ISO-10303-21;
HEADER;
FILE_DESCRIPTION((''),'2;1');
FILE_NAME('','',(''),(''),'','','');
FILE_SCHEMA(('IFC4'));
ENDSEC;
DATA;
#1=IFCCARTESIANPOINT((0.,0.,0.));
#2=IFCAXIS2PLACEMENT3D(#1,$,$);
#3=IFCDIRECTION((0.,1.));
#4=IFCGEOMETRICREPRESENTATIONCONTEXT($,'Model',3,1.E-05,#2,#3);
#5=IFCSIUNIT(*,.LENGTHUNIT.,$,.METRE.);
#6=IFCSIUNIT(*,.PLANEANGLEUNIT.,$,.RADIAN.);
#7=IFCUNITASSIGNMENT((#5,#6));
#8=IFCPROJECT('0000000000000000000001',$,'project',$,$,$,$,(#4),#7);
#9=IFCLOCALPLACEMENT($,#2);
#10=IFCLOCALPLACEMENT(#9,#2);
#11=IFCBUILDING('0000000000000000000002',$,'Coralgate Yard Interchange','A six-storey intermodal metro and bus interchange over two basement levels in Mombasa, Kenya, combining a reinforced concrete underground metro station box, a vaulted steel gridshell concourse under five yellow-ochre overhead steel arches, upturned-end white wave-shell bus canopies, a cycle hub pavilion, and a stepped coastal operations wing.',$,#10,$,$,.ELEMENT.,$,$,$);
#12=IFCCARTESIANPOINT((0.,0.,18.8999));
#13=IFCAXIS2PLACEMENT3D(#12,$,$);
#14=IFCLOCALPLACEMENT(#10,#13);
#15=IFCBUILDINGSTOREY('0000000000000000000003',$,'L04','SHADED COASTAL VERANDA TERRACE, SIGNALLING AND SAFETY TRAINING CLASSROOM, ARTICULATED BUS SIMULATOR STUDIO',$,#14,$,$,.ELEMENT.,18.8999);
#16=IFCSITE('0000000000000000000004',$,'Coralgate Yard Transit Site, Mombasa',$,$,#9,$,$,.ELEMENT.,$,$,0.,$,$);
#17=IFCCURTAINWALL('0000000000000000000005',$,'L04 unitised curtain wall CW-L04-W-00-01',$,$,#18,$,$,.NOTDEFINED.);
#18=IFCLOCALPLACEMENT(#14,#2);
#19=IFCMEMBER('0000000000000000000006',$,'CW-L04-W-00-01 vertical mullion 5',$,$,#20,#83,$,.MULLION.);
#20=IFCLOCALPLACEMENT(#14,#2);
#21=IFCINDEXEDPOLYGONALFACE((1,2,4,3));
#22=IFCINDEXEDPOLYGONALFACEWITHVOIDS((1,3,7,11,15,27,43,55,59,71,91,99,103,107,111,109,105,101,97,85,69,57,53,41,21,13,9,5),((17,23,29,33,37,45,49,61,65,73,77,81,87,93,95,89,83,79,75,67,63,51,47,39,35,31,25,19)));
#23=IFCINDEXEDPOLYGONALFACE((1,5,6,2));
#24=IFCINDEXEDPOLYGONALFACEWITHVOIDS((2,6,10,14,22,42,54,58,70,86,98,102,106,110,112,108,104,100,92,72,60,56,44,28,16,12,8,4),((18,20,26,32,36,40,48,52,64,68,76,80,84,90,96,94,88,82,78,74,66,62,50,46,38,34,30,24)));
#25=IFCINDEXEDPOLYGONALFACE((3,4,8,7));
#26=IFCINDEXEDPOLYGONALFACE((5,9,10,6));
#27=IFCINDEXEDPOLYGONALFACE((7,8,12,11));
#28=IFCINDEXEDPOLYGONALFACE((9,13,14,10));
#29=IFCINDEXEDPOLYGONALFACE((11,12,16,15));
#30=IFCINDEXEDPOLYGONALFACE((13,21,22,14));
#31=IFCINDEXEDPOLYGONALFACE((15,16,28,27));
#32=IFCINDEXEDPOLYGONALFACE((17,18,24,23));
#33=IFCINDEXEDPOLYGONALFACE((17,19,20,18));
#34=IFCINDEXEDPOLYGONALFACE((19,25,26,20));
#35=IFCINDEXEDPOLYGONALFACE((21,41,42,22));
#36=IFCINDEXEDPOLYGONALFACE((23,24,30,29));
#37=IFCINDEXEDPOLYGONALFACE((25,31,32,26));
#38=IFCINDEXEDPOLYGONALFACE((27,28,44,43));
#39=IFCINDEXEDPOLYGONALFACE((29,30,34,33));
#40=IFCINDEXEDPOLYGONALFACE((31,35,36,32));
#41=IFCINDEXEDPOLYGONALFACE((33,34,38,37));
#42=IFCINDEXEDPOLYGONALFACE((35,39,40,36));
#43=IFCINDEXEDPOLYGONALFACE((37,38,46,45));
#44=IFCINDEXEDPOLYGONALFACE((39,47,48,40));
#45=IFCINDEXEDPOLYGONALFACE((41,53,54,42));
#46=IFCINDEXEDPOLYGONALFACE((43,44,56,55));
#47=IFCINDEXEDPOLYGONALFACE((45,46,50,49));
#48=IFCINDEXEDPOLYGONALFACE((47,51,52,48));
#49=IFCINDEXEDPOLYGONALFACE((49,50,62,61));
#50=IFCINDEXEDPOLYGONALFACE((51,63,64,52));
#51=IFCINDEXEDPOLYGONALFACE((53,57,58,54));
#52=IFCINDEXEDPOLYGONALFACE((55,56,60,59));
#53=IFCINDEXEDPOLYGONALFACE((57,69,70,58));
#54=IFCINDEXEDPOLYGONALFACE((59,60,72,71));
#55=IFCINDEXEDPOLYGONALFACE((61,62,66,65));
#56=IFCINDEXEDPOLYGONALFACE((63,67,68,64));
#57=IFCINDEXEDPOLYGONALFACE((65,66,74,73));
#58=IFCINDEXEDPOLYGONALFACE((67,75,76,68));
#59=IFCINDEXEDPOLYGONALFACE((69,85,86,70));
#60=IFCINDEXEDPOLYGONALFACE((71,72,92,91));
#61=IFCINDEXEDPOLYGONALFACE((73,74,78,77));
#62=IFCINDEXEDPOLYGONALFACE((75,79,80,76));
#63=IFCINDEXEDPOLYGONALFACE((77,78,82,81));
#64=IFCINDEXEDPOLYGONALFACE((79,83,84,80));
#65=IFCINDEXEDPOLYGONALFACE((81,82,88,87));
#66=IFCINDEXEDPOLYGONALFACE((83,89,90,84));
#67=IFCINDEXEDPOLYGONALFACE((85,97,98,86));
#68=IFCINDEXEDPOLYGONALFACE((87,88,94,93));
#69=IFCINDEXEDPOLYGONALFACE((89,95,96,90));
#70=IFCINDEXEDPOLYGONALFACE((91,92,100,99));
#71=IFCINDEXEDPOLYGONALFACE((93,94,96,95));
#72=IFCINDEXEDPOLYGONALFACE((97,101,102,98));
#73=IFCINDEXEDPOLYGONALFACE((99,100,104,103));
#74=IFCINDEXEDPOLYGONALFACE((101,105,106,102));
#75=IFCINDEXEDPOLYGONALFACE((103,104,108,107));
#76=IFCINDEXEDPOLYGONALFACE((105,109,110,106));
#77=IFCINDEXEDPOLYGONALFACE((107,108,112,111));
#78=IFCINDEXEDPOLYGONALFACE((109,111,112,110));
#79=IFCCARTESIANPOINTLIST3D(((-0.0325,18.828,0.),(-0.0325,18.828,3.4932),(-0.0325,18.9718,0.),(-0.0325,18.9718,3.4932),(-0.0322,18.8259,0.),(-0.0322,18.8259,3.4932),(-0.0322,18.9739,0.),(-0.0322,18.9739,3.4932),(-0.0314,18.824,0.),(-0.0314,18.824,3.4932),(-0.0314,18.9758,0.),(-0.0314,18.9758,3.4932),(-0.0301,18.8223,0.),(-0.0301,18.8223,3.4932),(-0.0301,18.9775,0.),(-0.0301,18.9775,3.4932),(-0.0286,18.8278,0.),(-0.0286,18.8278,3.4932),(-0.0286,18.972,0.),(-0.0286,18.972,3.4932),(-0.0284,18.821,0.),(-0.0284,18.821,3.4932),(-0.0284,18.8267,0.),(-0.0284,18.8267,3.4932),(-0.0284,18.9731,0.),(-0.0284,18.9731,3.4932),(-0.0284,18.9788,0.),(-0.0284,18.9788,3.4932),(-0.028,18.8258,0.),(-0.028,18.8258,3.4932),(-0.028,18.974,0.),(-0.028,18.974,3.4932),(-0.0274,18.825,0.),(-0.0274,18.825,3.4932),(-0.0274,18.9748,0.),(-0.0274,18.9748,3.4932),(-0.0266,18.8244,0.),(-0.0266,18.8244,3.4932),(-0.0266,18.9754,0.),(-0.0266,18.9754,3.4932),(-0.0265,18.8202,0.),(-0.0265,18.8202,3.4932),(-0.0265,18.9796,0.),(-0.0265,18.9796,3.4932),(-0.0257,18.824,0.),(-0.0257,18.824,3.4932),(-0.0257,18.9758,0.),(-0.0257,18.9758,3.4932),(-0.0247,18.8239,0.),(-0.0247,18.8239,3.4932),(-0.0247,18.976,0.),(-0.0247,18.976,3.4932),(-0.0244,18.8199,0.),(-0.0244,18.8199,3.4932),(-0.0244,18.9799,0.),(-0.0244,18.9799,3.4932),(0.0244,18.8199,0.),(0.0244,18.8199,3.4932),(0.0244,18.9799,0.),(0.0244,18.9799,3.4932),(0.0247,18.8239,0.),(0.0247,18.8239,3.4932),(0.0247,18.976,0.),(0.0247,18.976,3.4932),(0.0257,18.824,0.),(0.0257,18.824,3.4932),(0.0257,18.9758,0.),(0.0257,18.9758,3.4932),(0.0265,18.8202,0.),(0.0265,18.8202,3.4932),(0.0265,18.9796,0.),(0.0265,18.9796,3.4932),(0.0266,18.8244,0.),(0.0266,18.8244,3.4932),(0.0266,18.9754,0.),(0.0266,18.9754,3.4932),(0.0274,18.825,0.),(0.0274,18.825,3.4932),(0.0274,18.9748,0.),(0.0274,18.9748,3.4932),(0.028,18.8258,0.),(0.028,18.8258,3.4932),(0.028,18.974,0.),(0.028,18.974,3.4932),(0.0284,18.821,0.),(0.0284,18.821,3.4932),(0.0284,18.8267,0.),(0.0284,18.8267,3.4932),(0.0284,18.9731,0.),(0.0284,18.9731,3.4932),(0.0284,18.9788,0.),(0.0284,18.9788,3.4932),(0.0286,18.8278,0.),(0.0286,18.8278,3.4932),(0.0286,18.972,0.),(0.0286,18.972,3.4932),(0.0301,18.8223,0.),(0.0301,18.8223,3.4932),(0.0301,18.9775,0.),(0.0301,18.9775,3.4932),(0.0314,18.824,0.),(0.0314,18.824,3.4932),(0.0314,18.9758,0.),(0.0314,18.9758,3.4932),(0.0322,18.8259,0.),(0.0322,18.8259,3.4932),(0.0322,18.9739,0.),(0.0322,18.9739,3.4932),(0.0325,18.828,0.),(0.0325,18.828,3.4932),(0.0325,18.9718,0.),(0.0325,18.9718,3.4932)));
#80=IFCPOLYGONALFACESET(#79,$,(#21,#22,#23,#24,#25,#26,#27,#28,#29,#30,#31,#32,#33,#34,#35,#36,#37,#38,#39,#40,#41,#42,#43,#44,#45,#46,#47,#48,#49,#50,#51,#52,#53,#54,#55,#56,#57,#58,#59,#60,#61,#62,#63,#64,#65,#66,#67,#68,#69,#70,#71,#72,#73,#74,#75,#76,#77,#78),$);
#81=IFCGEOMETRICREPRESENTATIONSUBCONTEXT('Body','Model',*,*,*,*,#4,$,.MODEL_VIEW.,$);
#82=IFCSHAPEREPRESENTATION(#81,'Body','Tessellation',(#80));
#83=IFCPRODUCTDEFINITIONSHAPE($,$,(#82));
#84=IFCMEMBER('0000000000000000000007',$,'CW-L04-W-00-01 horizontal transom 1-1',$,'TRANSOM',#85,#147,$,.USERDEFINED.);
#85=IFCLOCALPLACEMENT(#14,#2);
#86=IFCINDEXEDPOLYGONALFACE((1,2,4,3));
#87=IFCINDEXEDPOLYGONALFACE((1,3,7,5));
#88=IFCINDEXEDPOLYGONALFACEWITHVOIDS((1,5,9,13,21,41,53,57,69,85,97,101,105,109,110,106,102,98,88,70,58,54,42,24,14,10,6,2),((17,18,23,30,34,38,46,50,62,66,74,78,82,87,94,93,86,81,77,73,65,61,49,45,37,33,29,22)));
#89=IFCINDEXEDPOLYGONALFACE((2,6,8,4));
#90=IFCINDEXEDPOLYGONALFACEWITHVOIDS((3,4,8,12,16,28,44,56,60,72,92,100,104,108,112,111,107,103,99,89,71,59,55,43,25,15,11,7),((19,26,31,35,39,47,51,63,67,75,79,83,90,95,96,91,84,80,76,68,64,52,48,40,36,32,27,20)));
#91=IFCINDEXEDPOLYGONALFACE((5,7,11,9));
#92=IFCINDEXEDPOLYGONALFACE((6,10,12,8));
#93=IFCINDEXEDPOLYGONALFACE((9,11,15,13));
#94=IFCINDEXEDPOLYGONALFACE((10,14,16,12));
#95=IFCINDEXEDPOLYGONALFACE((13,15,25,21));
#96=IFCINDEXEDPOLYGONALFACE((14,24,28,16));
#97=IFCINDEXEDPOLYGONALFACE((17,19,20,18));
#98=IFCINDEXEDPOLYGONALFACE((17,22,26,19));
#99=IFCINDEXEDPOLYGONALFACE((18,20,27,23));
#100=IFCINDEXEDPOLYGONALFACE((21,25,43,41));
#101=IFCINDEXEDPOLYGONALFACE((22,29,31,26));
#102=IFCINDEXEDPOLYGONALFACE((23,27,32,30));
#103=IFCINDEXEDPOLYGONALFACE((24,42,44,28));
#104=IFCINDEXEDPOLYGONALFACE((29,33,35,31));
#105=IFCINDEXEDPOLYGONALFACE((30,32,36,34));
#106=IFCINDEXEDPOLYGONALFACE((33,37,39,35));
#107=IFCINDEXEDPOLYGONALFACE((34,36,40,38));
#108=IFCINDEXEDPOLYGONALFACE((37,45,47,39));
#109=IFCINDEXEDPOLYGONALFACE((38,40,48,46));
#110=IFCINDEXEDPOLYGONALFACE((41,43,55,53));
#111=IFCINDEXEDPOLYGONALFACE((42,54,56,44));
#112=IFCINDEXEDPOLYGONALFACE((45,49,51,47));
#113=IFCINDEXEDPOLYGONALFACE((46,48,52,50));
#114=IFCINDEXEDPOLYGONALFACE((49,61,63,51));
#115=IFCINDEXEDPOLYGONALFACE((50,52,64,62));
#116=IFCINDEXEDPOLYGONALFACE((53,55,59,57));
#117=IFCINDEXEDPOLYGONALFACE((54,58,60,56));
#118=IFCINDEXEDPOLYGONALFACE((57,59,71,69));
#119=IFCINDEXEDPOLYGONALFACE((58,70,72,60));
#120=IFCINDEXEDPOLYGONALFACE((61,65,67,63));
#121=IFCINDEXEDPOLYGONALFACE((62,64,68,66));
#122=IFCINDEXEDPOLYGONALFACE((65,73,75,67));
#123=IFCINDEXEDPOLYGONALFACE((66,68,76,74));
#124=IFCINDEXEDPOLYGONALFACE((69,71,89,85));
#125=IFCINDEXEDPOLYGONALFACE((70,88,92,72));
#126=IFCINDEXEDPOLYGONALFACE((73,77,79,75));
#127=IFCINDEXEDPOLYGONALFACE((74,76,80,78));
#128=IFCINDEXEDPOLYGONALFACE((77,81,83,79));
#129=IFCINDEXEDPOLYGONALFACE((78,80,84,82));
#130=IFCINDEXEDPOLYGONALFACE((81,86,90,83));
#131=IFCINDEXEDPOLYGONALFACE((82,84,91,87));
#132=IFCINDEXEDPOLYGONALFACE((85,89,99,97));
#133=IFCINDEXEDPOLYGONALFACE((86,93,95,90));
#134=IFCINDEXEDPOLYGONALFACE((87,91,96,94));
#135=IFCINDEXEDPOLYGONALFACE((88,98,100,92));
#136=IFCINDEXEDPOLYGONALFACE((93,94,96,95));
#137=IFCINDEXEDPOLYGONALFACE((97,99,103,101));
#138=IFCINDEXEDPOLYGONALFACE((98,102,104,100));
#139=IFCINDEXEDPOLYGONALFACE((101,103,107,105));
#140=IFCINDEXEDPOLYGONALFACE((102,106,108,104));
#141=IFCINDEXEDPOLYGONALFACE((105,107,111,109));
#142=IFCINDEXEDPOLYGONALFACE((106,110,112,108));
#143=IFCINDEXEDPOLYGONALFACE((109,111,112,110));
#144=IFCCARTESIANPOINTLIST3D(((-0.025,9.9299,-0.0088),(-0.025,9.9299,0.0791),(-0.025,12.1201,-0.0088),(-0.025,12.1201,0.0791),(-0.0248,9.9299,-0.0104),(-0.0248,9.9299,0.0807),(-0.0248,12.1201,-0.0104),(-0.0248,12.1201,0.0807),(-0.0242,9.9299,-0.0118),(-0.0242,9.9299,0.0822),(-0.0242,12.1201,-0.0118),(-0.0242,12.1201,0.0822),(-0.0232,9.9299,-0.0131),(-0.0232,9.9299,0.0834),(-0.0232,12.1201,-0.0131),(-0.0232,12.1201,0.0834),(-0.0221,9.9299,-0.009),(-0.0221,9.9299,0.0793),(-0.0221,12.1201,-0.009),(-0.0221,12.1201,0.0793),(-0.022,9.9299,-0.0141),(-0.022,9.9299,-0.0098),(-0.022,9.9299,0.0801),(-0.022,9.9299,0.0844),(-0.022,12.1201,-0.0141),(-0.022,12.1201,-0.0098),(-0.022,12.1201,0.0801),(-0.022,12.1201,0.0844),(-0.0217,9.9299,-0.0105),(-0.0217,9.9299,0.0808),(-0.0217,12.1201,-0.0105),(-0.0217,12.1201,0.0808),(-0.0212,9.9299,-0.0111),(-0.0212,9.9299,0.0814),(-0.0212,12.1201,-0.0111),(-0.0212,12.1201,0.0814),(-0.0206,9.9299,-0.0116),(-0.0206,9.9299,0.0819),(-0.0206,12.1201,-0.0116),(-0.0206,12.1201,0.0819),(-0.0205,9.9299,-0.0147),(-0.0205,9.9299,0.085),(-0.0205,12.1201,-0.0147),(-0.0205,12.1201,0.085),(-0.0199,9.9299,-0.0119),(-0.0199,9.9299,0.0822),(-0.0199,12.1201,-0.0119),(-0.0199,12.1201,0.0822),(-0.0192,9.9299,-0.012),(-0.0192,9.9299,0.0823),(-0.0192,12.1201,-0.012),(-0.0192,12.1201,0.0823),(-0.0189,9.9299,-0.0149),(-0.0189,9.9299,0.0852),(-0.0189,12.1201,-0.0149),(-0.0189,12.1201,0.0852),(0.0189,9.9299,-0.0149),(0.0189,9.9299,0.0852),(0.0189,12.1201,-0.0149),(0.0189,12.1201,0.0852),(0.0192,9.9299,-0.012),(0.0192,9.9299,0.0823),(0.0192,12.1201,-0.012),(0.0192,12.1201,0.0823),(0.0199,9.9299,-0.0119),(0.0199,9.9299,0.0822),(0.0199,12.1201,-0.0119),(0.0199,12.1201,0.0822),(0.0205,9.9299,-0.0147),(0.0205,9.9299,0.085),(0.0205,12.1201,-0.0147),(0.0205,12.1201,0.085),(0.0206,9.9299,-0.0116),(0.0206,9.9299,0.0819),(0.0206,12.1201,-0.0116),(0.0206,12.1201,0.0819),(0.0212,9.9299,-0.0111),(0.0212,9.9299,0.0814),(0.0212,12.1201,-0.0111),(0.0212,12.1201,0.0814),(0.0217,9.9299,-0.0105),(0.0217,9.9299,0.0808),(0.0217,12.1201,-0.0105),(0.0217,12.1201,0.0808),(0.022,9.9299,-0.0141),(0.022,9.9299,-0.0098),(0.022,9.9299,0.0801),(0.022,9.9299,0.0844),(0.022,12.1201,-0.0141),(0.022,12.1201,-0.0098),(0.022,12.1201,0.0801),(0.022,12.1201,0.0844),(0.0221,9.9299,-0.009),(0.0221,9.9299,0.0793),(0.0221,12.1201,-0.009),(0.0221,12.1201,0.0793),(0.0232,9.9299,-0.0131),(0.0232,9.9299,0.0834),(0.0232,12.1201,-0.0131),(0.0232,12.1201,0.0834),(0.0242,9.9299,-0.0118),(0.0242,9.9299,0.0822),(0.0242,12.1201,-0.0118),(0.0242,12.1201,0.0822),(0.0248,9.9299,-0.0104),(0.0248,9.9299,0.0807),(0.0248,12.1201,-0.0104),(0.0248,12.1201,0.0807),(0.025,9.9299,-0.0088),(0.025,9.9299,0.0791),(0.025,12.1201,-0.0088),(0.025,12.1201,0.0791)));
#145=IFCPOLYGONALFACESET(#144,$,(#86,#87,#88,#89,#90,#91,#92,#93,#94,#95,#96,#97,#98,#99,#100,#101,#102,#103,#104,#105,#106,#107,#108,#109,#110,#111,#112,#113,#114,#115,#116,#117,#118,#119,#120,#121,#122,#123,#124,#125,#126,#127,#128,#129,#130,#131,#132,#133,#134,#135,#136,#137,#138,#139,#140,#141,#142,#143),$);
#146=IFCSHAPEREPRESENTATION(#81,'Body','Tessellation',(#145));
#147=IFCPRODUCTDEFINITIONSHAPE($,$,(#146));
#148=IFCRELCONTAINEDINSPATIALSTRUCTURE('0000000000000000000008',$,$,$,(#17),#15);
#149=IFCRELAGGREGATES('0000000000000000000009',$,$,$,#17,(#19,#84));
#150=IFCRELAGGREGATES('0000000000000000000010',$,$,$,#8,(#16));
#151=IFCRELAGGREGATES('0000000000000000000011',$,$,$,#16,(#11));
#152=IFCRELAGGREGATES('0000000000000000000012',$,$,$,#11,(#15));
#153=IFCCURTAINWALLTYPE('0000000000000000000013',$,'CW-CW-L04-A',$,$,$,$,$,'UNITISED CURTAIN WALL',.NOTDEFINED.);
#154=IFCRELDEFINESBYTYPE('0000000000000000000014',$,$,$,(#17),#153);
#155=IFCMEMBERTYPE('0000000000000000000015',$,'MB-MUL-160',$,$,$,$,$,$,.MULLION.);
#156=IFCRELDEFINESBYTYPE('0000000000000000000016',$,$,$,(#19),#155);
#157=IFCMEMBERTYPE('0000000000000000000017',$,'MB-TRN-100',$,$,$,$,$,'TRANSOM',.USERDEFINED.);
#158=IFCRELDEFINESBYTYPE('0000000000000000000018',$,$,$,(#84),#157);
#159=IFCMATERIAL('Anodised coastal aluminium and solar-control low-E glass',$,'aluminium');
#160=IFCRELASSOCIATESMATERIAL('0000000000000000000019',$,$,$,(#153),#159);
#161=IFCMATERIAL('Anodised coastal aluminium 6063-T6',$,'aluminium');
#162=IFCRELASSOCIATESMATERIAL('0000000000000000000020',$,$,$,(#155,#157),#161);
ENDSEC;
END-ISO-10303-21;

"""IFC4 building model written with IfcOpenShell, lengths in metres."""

from ifc_helpers import new_model, si_unit, direction, frame, origin, origin_2d, place, context, subcontext, project, spatial, hollow_rectangle, extrude, material, material_profile, profile_set, type_object, element, aggregate, save


model = new_model("IFC4")

# Units and contexts
model_context = context("Model", 3, precision=1e-05, world=origin(), true_north=direction((0.0, 1.0)))
body_context = subcontext(model_context, "Body", "Model", "MODEL_VIEW")
ifc_project = project(units=[si_unit("LENGTHUNIT", "METRE"), si_unit("PLANEANGLEUNIT", "RADIAN")], contexts=[model_context])

# Site, building, storey
site_placement = place(None, origin())
site = spatial("IfcSite", under=ifc_project, at=site_placement, Name="Coralgate Yard Transit Site, Mombasa", CompositionType="ELEMENT", RefElevation=0.0)
building_placement = place(site_placement, origin())
building = spatial("IfcBuilding", under=site, at=building_placement, Name="Coralgate Yard Interchange", Description="A six-storey intermodal metro and bus interchange over two basement levels in Mombasa, Kenya, combining a reinforced concrete underground metro station box, a vaulted steel gridshell concourse under five yellow-ochre overhead steel arches, upturned-end white wave-shell bus canopies, a cycle hub pavilion, and a stepped coastal operations wing.", CompositionType="ELEMENT")
storey_placement = place(building_placement, frame((0.0, 0.0, 18.8999)))
storey = spatial("IfcBuildingStorey", under=building, at=storey_placement, Name="L04", Description="SHADED COASTAL VERANDA TERRACE, SIGNALLING AND SAFETY TRAINING CLASSROOM, ARTICULATED BUS SIMULATOR STUDIO", CompositionType="ELEMENT", Elevation=18.8999)

# Curtain wall, members
ifc_material_1 = material(Name="Anodised coastal aluminium and solar-control low-E glass", Category="aluminium")
curtain_wall_type = type_object("IfcCurtainWallType", Name="CW-CW-L04-A", ElementType="UNITISED CURTAIN WALL", PredefinedType="NOTDEFINED", material=ifc_material_1)
curtain_wall_placement = place(storey_placement, origin())
curtain_wall = element("IfcCurtainWall", 1, at=curtain_wall_placement, inside=storey, type_object=curtain_wall_type, Name="L04 unitised curtain wall CW-L04-W-00-01", PredefinedType="NOTDEFINED")
ifc_material_2 = material(Name="Anodised coastal aluminium 6063-T6", Category="aluminium")
ifc_material_profile_1 = material_profile(ifc_material_2, hollow_rectangle(XDim=0.0649, YDim=0.1599, WallThickness=0.0039, InnerFilletRadius=0.0039, OuterFilletRadius=0.0081, at=origin_2d()), Name="ALU 65x160x4")
ifc_profile_set_1 = profile_set([ifc_material_profile_1], Name="Anodised coastal aluminium 6063-T6")
member_type_1 = type_object("IfcMemberType", Name="MB-MUL-160", PredefinedType="MULLION", material=ifc_profile_set_1)
member_1_placement = place(storey_placement, frame((0.0, 18.8999, 0.0), z_axis=(0.0, 0.0, 1.0), x_axis=(1.0, 0.0, 0.0)))
member_1 = element("IfcMember", 2, at=member_1_placement, type_object=member_type_1, Name="CW-L04-W-00-01 vertical mullion 5", PredefinedType="MULLION", context=body_context, shape_type="SweptSolid", body=[
    extrude(hollow_rectangle(XDim=0.0649, YDim=0.1599, WallThickness=0.0039, InnerFilletRadius=0.0039, OuterFilletRadius=0.0081, at=origin_2d()), origin(), (0.0, 0.0, 1.0), 3.4932),
])
ifc_material_profile_2 = material_profile(ifc_material_2, hollow_rectangle(XDim=0.05, YDim=0.1001, WallThickness=0.0029, InnerFilletRadius=0.0029, OuterFilletRadius=0.0061, at=origin_2d()), Name="ALU 50x100x3")
ifc_profile_set_2 = profile_set([ifc_material_profile_2], Name="Anodised coastal aluminium 6063-T6")
member_type_2 = type_object("IfcMemberType", Name="MB-TRN-100", ElementType="TRANSOM", PredefinedType="USERDEFINED", material=ifc_profile_set_2)
member_2_placement = place(storey_placement, frame((0.0, 9.9299, 0.0352), z_axis=(0.0, 1.0, 0.0), x_axis=(-1.0, 0.0, 0.0)))
member_2 = element("IfcMember", 3, at=member_2_placement, type_object=member_type_2, Name="CW-L04-W-00-01 horizontal transom 1-1", ObjectType="TRANSOM", PredefinedType="USERDEFINED", context=body_context, shape_type="SweptSolid", body=[
    extrude(hollow_rectangle(XDim=0.05, YDim=0.1001, WallThickness=0.0029, InnerFilletRadius=0.0029, OuterFilletRadius=0.0061, at=origin_2d()), origin(), (0.0, 0.0, 1.0), 2.1902),
])
aggregate(curtain_wall, [member_1, member_2])

save(model, "model.ifc")
